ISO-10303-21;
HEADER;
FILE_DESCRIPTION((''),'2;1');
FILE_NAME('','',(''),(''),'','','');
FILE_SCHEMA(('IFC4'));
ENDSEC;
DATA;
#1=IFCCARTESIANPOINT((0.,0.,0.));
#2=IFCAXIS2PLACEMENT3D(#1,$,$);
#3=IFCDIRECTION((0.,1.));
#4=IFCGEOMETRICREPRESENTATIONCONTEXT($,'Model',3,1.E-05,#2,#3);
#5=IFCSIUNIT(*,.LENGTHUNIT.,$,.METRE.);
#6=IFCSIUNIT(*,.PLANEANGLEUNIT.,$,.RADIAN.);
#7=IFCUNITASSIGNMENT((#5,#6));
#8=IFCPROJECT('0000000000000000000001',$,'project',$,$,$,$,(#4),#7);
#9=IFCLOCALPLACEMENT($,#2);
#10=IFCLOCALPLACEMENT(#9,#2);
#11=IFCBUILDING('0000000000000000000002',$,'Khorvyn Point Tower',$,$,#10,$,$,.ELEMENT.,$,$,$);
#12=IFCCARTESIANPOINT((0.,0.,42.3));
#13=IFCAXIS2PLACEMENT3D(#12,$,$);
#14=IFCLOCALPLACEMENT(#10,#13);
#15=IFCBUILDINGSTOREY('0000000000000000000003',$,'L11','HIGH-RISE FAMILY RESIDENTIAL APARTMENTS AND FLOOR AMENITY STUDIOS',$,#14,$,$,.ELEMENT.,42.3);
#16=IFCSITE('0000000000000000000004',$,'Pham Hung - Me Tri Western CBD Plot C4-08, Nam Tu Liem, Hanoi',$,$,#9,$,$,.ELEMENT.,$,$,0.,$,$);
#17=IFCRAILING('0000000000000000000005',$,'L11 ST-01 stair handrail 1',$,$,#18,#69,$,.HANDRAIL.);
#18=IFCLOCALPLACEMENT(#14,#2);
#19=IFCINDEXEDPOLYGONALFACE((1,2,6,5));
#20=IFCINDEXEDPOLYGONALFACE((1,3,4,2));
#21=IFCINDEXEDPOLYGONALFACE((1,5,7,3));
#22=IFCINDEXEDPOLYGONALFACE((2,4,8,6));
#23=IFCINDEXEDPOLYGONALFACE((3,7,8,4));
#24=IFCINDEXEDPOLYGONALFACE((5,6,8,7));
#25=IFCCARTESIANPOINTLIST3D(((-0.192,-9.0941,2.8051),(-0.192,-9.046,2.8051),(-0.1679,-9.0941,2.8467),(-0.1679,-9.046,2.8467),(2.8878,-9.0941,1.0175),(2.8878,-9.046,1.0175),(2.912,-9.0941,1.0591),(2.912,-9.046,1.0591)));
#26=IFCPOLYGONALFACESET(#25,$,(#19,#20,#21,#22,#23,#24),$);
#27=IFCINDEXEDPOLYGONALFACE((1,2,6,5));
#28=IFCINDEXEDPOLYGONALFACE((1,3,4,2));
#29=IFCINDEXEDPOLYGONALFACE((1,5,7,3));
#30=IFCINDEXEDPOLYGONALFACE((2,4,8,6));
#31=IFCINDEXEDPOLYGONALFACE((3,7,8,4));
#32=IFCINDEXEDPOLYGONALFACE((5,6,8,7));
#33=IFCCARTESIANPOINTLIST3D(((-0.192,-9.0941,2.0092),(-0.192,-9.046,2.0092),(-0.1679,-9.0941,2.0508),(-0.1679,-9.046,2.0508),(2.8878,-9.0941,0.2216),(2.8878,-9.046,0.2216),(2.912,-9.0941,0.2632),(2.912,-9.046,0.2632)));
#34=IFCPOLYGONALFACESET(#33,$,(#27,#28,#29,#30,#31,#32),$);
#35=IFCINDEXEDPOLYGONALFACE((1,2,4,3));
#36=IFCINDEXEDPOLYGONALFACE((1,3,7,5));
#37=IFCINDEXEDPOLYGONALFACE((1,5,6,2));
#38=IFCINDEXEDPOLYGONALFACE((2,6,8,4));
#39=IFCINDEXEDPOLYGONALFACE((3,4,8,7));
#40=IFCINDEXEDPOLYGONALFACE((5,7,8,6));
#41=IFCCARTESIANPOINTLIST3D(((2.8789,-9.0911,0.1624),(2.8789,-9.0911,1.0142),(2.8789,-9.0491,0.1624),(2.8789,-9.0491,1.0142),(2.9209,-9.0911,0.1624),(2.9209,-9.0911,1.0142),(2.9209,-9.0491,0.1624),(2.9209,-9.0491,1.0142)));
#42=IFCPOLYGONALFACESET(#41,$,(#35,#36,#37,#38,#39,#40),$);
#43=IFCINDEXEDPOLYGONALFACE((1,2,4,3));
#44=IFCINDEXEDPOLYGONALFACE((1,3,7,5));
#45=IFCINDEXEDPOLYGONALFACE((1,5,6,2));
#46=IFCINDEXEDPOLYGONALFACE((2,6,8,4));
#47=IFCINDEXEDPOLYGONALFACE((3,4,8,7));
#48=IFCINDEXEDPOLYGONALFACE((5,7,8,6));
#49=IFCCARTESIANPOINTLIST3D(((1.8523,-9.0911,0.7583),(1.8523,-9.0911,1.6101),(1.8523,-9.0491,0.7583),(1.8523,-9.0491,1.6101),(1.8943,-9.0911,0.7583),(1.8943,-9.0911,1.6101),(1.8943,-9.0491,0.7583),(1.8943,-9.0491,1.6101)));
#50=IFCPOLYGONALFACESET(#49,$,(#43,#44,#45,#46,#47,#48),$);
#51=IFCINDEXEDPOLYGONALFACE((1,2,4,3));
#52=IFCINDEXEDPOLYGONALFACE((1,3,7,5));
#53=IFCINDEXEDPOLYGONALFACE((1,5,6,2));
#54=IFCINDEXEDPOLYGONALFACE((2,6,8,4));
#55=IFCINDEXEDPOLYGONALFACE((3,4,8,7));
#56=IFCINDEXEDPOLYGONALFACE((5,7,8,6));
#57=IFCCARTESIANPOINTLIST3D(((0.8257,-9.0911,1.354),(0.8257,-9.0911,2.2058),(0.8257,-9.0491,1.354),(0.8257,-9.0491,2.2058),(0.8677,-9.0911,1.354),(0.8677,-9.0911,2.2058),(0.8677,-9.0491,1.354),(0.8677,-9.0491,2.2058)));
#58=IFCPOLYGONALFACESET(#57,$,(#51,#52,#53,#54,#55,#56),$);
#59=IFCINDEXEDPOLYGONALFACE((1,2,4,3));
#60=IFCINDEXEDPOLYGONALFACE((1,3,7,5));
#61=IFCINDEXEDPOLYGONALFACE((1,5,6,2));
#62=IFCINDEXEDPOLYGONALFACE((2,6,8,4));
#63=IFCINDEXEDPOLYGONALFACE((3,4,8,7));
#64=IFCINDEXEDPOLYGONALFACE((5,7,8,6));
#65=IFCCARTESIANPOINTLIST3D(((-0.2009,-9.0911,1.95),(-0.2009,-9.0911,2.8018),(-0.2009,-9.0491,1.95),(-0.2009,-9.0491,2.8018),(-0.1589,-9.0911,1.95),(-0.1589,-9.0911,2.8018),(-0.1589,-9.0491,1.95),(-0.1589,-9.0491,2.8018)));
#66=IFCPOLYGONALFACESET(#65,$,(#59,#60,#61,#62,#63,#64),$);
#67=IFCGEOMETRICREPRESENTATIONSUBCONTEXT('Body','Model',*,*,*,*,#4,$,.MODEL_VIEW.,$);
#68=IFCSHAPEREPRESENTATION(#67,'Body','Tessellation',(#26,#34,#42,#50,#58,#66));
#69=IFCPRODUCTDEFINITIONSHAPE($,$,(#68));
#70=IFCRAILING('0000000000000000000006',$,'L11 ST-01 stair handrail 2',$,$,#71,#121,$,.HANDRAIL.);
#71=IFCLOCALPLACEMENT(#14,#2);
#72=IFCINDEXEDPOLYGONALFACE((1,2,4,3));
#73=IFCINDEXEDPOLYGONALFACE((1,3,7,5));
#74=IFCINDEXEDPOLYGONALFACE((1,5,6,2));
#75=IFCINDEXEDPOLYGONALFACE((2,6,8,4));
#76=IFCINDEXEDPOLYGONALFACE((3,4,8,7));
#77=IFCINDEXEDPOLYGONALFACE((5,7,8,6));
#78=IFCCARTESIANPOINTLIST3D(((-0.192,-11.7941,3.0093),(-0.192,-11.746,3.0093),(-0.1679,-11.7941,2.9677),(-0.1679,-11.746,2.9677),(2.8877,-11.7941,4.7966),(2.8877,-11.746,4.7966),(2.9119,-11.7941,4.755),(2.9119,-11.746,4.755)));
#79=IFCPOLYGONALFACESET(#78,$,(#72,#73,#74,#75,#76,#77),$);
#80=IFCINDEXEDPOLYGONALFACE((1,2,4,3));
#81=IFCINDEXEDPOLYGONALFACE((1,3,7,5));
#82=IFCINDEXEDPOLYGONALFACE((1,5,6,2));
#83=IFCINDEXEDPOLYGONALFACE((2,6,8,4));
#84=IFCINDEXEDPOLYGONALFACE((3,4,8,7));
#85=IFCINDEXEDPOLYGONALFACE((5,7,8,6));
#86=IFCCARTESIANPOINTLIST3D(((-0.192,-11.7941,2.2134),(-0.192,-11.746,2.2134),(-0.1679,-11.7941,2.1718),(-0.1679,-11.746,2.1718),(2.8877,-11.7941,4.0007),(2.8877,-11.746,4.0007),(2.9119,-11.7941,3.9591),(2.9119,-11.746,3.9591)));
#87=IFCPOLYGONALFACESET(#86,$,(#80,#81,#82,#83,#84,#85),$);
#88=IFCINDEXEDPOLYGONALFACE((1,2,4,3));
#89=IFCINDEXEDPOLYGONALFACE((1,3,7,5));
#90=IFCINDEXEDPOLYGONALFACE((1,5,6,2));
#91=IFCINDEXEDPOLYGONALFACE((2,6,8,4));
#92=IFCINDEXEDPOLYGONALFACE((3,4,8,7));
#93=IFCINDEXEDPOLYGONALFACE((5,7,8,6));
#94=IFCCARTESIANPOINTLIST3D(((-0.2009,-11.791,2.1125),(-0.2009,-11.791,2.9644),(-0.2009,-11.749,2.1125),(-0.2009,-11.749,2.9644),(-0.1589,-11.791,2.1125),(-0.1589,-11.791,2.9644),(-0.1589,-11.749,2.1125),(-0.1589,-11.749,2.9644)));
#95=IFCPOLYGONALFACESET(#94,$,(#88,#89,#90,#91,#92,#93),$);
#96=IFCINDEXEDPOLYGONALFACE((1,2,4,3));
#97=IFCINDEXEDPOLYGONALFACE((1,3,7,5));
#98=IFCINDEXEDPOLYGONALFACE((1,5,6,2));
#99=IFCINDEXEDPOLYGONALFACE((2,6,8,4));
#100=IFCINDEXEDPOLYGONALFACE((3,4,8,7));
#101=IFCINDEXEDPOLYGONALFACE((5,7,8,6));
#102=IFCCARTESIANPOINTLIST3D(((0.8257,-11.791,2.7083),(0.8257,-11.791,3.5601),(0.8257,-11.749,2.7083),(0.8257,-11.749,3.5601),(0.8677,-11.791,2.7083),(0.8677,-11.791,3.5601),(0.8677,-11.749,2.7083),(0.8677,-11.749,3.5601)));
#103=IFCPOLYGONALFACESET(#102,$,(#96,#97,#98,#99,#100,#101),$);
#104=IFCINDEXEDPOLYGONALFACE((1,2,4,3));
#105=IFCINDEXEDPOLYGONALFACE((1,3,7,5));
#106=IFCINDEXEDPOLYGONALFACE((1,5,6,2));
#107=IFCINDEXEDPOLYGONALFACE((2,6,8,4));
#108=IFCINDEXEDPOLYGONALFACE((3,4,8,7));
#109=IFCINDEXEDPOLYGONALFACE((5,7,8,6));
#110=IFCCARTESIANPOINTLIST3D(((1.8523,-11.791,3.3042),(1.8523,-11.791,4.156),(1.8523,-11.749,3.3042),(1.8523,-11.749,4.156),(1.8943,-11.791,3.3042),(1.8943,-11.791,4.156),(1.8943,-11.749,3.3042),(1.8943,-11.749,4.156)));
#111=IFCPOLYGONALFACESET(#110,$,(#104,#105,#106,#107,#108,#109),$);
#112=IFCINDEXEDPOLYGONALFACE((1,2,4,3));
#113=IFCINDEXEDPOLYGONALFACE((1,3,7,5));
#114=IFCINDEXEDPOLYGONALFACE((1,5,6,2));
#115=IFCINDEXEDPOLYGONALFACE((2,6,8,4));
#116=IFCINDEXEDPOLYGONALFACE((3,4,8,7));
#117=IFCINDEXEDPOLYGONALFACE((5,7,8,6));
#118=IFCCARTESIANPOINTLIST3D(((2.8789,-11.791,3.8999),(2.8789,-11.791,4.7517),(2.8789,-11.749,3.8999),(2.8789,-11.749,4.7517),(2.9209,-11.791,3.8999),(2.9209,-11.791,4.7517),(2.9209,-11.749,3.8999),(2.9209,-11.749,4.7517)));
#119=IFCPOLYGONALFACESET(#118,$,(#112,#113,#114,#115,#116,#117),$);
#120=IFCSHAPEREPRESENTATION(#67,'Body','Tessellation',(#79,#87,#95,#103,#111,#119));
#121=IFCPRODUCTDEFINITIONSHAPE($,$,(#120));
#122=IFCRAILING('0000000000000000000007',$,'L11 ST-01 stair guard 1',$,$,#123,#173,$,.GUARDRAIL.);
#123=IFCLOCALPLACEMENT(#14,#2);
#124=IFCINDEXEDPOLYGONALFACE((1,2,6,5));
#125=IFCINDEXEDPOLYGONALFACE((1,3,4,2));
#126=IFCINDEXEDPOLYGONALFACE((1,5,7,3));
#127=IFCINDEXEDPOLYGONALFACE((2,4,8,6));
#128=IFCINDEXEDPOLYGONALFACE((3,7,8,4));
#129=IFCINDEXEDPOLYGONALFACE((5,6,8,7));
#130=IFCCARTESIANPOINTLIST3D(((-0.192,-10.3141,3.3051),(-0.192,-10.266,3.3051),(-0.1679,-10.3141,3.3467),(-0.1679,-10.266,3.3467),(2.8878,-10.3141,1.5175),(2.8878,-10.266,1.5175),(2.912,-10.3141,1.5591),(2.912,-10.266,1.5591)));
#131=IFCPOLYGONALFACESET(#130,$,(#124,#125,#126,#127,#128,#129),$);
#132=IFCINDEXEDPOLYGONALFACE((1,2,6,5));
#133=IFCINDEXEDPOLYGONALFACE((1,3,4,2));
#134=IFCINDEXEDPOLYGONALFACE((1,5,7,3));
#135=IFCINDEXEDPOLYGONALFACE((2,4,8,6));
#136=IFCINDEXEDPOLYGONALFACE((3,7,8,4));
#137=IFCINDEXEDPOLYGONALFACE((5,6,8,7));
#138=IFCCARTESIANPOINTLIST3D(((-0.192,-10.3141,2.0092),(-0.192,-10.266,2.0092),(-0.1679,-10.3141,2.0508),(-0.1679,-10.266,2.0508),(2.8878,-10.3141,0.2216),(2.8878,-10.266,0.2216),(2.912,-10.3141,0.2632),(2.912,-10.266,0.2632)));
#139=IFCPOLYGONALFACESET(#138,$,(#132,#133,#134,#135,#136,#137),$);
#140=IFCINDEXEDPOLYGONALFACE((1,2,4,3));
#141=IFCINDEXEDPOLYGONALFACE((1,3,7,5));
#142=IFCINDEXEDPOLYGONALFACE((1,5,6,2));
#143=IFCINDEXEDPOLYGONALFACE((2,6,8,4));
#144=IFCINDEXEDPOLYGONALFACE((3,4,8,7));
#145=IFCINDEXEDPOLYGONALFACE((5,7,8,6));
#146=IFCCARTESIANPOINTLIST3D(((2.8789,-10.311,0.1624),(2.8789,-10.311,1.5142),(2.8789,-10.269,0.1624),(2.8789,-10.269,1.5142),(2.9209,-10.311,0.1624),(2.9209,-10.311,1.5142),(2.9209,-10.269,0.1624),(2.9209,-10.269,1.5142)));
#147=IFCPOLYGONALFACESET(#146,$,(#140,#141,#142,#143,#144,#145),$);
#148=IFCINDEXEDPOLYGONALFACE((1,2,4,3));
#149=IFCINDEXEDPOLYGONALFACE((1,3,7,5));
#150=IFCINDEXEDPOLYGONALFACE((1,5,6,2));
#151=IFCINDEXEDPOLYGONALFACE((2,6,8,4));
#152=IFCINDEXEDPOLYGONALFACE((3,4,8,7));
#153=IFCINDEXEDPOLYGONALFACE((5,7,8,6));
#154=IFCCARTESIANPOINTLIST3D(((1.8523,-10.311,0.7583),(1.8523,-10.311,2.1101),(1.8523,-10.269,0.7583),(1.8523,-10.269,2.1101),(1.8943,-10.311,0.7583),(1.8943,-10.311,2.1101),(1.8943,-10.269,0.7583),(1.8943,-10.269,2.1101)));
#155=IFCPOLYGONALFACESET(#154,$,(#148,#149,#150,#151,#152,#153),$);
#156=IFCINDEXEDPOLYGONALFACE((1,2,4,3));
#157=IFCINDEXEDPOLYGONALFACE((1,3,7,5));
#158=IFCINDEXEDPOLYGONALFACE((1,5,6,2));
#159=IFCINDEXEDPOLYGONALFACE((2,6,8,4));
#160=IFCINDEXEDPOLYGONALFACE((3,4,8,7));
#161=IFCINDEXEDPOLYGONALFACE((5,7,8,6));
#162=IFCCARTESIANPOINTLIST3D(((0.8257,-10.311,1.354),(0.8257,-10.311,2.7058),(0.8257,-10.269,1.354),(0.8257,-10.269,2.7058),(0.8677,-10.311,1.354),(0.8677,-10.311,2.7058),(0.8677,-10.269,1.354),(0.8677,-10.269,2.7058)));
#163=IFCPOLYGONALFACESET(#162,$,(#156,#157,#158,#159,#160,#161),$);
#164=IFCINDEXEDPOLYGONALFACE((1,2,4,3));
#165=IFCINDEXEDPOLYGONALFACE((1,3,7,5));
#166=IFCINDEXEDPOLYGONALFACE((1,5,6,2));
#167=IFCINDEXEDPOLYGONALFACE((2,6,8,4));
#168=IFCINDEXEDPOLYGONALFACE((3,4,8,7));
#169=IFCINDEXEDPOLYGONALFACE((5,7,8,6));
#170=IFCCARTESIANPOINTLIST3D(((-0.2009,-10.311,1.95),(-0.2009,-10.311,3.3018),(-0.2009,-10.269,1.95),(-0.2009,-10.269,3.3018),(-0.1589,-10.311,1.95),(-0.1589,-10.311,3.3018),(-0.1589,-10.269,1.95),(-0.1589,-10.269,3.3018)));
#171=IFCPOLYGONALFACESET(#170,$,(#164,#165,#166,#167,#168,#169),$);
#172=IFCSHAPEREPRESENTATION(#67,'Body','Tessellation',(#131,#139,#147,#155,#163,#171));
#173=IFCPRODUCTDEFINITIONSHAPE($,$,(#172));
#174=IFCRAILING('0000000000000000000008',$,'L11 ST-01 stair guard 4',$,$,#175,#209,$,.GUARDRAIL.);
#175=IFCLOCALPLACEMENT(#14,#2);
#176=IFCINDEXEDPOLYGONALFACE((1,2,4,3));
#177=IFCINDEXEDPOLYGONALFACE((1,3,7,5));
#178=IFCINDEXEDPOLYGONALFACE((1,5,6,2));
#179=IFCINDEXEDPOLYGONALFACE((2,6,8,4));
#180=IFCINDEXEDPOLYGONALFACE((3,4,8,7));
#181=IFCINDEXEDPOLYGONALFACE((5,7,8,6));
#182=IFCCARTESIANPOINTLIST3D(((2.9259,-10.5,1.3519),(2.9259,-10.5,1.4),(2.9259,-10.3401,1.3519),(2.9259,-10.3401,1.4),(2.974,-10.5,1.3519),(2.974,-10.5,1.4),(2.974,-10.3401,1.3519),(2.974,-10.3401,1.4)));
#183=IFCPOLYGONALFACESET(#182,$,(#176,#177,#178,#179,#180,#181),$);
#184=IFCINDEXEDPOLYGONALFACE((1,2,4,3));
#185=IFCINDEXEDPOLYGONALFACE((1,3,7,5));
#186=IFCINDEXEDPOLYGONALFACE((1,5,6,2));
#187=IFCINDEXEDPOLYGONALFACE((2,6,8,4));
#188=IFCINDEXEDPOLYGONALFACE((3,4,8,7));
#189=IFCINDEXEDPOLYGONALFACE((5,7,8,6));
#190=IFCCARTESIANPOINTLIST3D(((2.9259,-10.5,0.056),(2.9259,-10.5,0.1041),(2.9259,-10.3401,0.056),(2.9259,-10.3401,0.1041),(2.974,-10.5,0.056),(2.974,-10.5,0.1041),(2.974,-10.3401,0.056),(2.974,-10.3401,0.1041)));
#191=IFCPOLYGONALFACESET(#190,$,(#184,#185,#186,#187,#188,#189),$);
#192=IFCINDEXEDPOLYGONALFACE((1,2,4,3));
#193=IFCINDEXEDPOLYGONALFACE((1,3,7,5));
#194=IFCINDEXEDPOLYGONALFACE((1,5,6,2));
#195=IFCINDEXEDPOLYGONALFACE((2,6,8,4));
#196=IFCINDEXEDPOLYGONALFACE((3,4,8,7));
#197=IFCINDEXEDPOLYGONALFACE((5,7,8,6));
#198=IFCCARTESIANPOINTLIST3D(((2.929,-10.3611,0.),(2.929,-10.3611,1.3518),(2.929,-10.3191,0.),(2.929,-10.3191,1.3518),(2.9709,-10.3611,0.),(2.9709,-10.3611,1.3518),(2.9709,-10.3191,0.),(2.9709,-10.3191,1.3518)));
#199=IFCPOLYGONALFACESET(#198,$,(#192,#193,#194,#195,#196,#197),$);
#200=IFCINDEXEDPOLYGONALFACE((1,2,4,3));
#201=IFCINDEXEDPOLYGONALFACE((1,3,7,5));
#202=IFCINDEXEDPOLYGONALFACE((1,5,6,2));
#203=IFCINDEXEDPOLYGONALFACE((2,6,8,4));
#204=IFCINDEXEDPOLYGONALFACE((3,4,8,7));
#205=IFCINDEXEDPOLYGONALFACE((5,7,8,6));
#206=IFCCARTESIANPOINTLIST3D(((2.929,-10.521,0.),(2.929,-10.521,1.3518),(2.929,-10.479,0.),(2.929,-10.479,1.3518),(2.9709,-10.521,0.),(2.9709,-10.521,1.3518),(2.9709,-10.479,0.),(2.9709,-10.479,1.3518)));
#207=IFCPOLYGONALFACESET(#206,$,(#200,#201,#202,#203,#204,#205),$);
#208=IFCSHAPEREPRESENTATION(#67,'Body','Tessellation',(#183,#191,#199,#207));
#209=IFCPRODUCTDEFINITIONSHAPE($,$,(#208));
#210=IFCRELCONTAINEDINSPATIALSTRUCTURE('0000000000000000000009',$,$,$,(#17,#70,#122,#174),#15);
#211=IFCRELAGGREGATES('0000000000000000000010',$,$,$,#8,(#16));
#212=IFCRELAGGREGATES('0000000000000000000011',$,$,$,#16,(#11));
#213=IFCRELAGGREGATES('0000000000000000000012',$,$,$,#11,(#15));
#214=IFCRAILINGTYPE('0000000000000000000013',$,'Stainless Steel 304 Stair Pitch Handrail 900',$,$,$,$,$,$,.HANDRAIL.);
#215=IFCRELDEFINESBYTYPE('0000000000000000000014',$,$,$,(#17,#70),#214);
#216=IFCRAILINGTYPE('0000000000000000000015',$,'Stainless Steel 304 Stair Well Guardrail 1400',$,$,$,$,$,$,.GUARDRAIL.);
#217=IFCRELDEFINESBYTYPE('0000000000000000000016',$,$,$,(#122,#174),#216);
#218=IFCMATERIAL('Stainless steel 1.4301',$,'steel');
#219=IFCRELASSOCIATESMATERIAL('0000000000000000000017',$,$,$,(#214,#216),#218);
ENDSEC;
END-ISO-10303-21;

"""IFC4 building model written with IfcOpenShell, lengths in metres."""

from ifc_helpers import new_model, si_unit, direction, frame, origin, origin_2d, place, context, subcontext, project, spatial, rectangle, extrude, material, type_object, element, save


model = new_model("IFC4")

# Units and contexts
model_context = context("Model", 3, precision=1e-05, world=origin(), true_north=direction((0.0, 1.0)))
body_context = subcontext(model_context, "Body", "Model", "MODEL_VIEW")
ifc_project = project(units=[si_unit("LENGTHUNIT", "METRE"), si_unit("PLANEANGLEUNIT", "RADIAN")], contexts=[model_context])

# Site, building, storey
site_placement = place(None, origin())
site = spatial("IfcSite", under=ifc_project, at=site_placement, Name="Pham Hung - Me Tri Western CBD Plot C4-08, Nam Tu Liem, Hanoi", CompositionType="ELEMENT", RefElevation=0.0)
building_placement = place(site_placement, origin())
building = spatial("IfcBuilding", under=site, at=building_placement, Name="Khorvyn Point Tower", CompositionType="ELEMENT")
storey_placement = place(building_placement, frame((0.0, 0.0, 42.3)))
storey = spatial("IfcBuildingStorey", under=building, at=storey_placement, Name="L11", Description="HIGH-RISE FAMILY RESIDENTIAL APARTMENTS AND FLOOR AMENITY STUDIOS", CompositionType="ELEMENT", Elevation=42.3)

# Shared definitions
ifc_material_1 = material(Name="Stainless steel 1.4301", Category="steel")

# Railings
railing_type_1 = type_object("IfcRailingType", Name="Stainless Steel 304 Stair Pitch Handrail 900", PredefinedType="HANDRAIL", material=ifc_material_1)
railing_1_placement = place(storey_placement, frame((2.8999, -9.0701, 0.1624)))
element("IfcRailing", 1, at=railing_1_placement, inside=storey, type_object=railing_type_1, Name="L11 ST-01 stair handrail 1", PredefinedType="HANDRAIL", context=body_context, shape_type="SweptSolid", body=[
    extrude(rectangle(XDim=0.0481, YDim=0.0481, at=origin_2d()), frame((0.0, 0.0, 0.876), z_axis=(-0.864873, 0.0, 0.50199), x_axis=(0.0, -1.0, 0.0)), (0.0, 0.0, 1.0), 3.561),
    extrude(rectangle(XDim=0.0481, YDim=0.0481, at=origin_2d()), frame((0.0, 0.0, 0.0801), z_axis=(-0.864873, 0.0, 0.50199), x_axis=(0.0, -1.0, 0.0)), (0.0, 0.0, 1.0), 3.561),
    extrude(rectangle(XDim=0.042, YDim=0.042, at=origin_2d()), origin(), (0.0, 0.0, 1.0), 0.8518),
    extrude(rectangle(XDim=0.042, YDim=0.042, at=origin_2d()), frame((-1.0266, 0.0, 0.5959)), (0.0, 0.0, 1.0), 0.8518),
    extrude(rectangle(XDim=0.042, YDim=0.042, at=origin_2d()), frame((-2.0532, 0.0, 1.1917)), (0.0, 0.0, 1.0), 0.8518),
    extrude(rectangle(XDim=0.042, YDim=0.042, at=origin_2d()), frame((-3.0798, 0.0, 1.7876)), (0.0, 0.0, 1.0), 0.8518),
])
railing_2_placement = place(storey_placement, frame((-0.1799, -11.77, 2.1125)))
element("IfcRailing", 2, at=railing_2_placement, inside=storey, type_object=railing_type_1, Name="L11 ST-01 stair handrail 2", PredefinedType="HANDRAIL", context=body_context, shape_type="SweptSolid", body=[
    extrude(rectangle(XDim=0.0481, YDim=0.0481, at=origin_2d()), frame((0.0, 0.0, 0.876), z_axis=(0.864903, 0.0, 0.501939), x_axis=(0.0, 1.0, 0.0)), (0.0, 0.0, 1.0), 3.5608),
    extrude(rectangle(XDim=0.0481, YDim=0.0481, at=origin_2d()), frame((0.0, 0.0, 0.0801), z_axis=(0.864903, 0.0, 0.501939), x_axis=(0.0, 1.0, 0.0)), (0.0, 0.0, 1.0), 3.5608),
    extrude(rectangle(XDim=0.042, YDim=0.042, at=origin_2d()), origin(), (0.0, 0.0, 1.0), 0.8518),
    extrude(rectangle(XDim=0.042, YDim=0.042, at=origin_2d()), frame((1.0266, 0.0, 0.5957)), (0.0, 0.0, 1.0), 0.8518),
    extrude(rectangle(XDim=0.042, YDim=0.042, at=origin_2d()), frame((2.0532, 0.0, 1.1917)), (0.0, 0.0, 1.0), 0.8518),
    extrude(rectangle(XDim=0.042, YDim=0.042, at=origin_2d()), frame((3.0798, 0.0, 1.7874)), (0.0, 0.0, 1.0), 0.8518),
])
railing_type_2 = type_object("IfcRailingType", Name="Stainless Steel 304 Stair Well Guardrail 1400", PredefinedType="GUARDRAIL", material=ifc_material_1)
railing_3_placement = place(storey_placement, frame((2.8999, -10.29, 0.1624)))
element("IfcRailing", 3, at=railing_3_placement, inside=storey, type_object=railing_type_2, Name="L11 ST-01 stair guard 1", PredefinedType="GUARDRAIL", context=body_context, shape_type="SweptSolid", body=[
    extrude(rectangle(XDim=0.0481, YDim=0.0481, at=origin_2d()), frame((0.0, 0.0, 1.376), z_axis=(-0.864873, 0.0, 0.50199), x_axis=(0.0, -1.0, 0.0)), (0.0, 0.0, 1.0), 3.561),
    extrude(rectangle(XDim=0.0481, YDim=0.0481, at=origin_2d()), frame((0.0, 0.0, 0.0801), z_axis=(-0.864873, 0.0, 0.50199), x_axis=(0.0, -1.0, 0.0)), (0.0, 0.0, 1.0), 3.561),
    extrude(rectangle(XDim=0.042, YDim=0.042, at=origin_2d()), origin(), (0.0, 0.0, 1.0), 1.3518),
    extrude(rectangle(XDim=0.042, YDim=0.042, at=origin_2d()), frame((-1.0266, 0.0, 0.5959)), (0.0, 0.0, 1.0), 1.3518),
    extrude(rectangle(XDim=0.042, YDim=0.042, at=origin_2d()), frame((-2.0532, 0.0, 1.1917)), (0.0, 0.0, 1.0), 1.3518),
    extrude(rectangle(XDim=0.042, YDim=0.042, at=origin_2d()), frame((-3.0798, 0.0, 1.7876)), (0.0, 0.0, 1.0), 1.3518),
])
railing_4_placement = place(storey_placement, frame((2.95, -10.3401, 0.0)))
element("IfcRailing", 4, at=railing_4_placement, inside=storey, type_object=railing_type_2, Name="L11 ST-01 stair guard 4", PredefinedType="GUARDRAIL", context=body_context, shape_type="SweptSolid", body=[
    extrude(rectangle(XDim=0.0481, YDim=0.0481, at=origin_2d()), frame((0.0, 0.0, 1.376), z_axis=(0.0, -1.0, 0.0), x_axis=(1.0, 0.0, 0.0)), (0.0, 0.0, 1.0), 0.1599),
    extrude(rectangle(XDim=0.0481, YDim=0.0481, at=origin_2d()), frame((0.0, 0.0, 0.0801), z_axis=(0.0, -1.0, 0.0), x_axis=(1.0, 0.0, 0.0)), (0.0, 0.0, 1.0), 0.1599),
    extrude(rectangle(XDim=0.042, YDim=0.042, at=origin_2d()), origin(), (0.0, 0.0, 1.0), 1.3518),
    extrude(rectangle(XDim=0.042, YDim=0.042, at=origin_2d()), frame((0.0, -0.1599, 0.0)), (0.0, 0.0, 1.0), 1.3518),
])

save(model, "model.ifc")
